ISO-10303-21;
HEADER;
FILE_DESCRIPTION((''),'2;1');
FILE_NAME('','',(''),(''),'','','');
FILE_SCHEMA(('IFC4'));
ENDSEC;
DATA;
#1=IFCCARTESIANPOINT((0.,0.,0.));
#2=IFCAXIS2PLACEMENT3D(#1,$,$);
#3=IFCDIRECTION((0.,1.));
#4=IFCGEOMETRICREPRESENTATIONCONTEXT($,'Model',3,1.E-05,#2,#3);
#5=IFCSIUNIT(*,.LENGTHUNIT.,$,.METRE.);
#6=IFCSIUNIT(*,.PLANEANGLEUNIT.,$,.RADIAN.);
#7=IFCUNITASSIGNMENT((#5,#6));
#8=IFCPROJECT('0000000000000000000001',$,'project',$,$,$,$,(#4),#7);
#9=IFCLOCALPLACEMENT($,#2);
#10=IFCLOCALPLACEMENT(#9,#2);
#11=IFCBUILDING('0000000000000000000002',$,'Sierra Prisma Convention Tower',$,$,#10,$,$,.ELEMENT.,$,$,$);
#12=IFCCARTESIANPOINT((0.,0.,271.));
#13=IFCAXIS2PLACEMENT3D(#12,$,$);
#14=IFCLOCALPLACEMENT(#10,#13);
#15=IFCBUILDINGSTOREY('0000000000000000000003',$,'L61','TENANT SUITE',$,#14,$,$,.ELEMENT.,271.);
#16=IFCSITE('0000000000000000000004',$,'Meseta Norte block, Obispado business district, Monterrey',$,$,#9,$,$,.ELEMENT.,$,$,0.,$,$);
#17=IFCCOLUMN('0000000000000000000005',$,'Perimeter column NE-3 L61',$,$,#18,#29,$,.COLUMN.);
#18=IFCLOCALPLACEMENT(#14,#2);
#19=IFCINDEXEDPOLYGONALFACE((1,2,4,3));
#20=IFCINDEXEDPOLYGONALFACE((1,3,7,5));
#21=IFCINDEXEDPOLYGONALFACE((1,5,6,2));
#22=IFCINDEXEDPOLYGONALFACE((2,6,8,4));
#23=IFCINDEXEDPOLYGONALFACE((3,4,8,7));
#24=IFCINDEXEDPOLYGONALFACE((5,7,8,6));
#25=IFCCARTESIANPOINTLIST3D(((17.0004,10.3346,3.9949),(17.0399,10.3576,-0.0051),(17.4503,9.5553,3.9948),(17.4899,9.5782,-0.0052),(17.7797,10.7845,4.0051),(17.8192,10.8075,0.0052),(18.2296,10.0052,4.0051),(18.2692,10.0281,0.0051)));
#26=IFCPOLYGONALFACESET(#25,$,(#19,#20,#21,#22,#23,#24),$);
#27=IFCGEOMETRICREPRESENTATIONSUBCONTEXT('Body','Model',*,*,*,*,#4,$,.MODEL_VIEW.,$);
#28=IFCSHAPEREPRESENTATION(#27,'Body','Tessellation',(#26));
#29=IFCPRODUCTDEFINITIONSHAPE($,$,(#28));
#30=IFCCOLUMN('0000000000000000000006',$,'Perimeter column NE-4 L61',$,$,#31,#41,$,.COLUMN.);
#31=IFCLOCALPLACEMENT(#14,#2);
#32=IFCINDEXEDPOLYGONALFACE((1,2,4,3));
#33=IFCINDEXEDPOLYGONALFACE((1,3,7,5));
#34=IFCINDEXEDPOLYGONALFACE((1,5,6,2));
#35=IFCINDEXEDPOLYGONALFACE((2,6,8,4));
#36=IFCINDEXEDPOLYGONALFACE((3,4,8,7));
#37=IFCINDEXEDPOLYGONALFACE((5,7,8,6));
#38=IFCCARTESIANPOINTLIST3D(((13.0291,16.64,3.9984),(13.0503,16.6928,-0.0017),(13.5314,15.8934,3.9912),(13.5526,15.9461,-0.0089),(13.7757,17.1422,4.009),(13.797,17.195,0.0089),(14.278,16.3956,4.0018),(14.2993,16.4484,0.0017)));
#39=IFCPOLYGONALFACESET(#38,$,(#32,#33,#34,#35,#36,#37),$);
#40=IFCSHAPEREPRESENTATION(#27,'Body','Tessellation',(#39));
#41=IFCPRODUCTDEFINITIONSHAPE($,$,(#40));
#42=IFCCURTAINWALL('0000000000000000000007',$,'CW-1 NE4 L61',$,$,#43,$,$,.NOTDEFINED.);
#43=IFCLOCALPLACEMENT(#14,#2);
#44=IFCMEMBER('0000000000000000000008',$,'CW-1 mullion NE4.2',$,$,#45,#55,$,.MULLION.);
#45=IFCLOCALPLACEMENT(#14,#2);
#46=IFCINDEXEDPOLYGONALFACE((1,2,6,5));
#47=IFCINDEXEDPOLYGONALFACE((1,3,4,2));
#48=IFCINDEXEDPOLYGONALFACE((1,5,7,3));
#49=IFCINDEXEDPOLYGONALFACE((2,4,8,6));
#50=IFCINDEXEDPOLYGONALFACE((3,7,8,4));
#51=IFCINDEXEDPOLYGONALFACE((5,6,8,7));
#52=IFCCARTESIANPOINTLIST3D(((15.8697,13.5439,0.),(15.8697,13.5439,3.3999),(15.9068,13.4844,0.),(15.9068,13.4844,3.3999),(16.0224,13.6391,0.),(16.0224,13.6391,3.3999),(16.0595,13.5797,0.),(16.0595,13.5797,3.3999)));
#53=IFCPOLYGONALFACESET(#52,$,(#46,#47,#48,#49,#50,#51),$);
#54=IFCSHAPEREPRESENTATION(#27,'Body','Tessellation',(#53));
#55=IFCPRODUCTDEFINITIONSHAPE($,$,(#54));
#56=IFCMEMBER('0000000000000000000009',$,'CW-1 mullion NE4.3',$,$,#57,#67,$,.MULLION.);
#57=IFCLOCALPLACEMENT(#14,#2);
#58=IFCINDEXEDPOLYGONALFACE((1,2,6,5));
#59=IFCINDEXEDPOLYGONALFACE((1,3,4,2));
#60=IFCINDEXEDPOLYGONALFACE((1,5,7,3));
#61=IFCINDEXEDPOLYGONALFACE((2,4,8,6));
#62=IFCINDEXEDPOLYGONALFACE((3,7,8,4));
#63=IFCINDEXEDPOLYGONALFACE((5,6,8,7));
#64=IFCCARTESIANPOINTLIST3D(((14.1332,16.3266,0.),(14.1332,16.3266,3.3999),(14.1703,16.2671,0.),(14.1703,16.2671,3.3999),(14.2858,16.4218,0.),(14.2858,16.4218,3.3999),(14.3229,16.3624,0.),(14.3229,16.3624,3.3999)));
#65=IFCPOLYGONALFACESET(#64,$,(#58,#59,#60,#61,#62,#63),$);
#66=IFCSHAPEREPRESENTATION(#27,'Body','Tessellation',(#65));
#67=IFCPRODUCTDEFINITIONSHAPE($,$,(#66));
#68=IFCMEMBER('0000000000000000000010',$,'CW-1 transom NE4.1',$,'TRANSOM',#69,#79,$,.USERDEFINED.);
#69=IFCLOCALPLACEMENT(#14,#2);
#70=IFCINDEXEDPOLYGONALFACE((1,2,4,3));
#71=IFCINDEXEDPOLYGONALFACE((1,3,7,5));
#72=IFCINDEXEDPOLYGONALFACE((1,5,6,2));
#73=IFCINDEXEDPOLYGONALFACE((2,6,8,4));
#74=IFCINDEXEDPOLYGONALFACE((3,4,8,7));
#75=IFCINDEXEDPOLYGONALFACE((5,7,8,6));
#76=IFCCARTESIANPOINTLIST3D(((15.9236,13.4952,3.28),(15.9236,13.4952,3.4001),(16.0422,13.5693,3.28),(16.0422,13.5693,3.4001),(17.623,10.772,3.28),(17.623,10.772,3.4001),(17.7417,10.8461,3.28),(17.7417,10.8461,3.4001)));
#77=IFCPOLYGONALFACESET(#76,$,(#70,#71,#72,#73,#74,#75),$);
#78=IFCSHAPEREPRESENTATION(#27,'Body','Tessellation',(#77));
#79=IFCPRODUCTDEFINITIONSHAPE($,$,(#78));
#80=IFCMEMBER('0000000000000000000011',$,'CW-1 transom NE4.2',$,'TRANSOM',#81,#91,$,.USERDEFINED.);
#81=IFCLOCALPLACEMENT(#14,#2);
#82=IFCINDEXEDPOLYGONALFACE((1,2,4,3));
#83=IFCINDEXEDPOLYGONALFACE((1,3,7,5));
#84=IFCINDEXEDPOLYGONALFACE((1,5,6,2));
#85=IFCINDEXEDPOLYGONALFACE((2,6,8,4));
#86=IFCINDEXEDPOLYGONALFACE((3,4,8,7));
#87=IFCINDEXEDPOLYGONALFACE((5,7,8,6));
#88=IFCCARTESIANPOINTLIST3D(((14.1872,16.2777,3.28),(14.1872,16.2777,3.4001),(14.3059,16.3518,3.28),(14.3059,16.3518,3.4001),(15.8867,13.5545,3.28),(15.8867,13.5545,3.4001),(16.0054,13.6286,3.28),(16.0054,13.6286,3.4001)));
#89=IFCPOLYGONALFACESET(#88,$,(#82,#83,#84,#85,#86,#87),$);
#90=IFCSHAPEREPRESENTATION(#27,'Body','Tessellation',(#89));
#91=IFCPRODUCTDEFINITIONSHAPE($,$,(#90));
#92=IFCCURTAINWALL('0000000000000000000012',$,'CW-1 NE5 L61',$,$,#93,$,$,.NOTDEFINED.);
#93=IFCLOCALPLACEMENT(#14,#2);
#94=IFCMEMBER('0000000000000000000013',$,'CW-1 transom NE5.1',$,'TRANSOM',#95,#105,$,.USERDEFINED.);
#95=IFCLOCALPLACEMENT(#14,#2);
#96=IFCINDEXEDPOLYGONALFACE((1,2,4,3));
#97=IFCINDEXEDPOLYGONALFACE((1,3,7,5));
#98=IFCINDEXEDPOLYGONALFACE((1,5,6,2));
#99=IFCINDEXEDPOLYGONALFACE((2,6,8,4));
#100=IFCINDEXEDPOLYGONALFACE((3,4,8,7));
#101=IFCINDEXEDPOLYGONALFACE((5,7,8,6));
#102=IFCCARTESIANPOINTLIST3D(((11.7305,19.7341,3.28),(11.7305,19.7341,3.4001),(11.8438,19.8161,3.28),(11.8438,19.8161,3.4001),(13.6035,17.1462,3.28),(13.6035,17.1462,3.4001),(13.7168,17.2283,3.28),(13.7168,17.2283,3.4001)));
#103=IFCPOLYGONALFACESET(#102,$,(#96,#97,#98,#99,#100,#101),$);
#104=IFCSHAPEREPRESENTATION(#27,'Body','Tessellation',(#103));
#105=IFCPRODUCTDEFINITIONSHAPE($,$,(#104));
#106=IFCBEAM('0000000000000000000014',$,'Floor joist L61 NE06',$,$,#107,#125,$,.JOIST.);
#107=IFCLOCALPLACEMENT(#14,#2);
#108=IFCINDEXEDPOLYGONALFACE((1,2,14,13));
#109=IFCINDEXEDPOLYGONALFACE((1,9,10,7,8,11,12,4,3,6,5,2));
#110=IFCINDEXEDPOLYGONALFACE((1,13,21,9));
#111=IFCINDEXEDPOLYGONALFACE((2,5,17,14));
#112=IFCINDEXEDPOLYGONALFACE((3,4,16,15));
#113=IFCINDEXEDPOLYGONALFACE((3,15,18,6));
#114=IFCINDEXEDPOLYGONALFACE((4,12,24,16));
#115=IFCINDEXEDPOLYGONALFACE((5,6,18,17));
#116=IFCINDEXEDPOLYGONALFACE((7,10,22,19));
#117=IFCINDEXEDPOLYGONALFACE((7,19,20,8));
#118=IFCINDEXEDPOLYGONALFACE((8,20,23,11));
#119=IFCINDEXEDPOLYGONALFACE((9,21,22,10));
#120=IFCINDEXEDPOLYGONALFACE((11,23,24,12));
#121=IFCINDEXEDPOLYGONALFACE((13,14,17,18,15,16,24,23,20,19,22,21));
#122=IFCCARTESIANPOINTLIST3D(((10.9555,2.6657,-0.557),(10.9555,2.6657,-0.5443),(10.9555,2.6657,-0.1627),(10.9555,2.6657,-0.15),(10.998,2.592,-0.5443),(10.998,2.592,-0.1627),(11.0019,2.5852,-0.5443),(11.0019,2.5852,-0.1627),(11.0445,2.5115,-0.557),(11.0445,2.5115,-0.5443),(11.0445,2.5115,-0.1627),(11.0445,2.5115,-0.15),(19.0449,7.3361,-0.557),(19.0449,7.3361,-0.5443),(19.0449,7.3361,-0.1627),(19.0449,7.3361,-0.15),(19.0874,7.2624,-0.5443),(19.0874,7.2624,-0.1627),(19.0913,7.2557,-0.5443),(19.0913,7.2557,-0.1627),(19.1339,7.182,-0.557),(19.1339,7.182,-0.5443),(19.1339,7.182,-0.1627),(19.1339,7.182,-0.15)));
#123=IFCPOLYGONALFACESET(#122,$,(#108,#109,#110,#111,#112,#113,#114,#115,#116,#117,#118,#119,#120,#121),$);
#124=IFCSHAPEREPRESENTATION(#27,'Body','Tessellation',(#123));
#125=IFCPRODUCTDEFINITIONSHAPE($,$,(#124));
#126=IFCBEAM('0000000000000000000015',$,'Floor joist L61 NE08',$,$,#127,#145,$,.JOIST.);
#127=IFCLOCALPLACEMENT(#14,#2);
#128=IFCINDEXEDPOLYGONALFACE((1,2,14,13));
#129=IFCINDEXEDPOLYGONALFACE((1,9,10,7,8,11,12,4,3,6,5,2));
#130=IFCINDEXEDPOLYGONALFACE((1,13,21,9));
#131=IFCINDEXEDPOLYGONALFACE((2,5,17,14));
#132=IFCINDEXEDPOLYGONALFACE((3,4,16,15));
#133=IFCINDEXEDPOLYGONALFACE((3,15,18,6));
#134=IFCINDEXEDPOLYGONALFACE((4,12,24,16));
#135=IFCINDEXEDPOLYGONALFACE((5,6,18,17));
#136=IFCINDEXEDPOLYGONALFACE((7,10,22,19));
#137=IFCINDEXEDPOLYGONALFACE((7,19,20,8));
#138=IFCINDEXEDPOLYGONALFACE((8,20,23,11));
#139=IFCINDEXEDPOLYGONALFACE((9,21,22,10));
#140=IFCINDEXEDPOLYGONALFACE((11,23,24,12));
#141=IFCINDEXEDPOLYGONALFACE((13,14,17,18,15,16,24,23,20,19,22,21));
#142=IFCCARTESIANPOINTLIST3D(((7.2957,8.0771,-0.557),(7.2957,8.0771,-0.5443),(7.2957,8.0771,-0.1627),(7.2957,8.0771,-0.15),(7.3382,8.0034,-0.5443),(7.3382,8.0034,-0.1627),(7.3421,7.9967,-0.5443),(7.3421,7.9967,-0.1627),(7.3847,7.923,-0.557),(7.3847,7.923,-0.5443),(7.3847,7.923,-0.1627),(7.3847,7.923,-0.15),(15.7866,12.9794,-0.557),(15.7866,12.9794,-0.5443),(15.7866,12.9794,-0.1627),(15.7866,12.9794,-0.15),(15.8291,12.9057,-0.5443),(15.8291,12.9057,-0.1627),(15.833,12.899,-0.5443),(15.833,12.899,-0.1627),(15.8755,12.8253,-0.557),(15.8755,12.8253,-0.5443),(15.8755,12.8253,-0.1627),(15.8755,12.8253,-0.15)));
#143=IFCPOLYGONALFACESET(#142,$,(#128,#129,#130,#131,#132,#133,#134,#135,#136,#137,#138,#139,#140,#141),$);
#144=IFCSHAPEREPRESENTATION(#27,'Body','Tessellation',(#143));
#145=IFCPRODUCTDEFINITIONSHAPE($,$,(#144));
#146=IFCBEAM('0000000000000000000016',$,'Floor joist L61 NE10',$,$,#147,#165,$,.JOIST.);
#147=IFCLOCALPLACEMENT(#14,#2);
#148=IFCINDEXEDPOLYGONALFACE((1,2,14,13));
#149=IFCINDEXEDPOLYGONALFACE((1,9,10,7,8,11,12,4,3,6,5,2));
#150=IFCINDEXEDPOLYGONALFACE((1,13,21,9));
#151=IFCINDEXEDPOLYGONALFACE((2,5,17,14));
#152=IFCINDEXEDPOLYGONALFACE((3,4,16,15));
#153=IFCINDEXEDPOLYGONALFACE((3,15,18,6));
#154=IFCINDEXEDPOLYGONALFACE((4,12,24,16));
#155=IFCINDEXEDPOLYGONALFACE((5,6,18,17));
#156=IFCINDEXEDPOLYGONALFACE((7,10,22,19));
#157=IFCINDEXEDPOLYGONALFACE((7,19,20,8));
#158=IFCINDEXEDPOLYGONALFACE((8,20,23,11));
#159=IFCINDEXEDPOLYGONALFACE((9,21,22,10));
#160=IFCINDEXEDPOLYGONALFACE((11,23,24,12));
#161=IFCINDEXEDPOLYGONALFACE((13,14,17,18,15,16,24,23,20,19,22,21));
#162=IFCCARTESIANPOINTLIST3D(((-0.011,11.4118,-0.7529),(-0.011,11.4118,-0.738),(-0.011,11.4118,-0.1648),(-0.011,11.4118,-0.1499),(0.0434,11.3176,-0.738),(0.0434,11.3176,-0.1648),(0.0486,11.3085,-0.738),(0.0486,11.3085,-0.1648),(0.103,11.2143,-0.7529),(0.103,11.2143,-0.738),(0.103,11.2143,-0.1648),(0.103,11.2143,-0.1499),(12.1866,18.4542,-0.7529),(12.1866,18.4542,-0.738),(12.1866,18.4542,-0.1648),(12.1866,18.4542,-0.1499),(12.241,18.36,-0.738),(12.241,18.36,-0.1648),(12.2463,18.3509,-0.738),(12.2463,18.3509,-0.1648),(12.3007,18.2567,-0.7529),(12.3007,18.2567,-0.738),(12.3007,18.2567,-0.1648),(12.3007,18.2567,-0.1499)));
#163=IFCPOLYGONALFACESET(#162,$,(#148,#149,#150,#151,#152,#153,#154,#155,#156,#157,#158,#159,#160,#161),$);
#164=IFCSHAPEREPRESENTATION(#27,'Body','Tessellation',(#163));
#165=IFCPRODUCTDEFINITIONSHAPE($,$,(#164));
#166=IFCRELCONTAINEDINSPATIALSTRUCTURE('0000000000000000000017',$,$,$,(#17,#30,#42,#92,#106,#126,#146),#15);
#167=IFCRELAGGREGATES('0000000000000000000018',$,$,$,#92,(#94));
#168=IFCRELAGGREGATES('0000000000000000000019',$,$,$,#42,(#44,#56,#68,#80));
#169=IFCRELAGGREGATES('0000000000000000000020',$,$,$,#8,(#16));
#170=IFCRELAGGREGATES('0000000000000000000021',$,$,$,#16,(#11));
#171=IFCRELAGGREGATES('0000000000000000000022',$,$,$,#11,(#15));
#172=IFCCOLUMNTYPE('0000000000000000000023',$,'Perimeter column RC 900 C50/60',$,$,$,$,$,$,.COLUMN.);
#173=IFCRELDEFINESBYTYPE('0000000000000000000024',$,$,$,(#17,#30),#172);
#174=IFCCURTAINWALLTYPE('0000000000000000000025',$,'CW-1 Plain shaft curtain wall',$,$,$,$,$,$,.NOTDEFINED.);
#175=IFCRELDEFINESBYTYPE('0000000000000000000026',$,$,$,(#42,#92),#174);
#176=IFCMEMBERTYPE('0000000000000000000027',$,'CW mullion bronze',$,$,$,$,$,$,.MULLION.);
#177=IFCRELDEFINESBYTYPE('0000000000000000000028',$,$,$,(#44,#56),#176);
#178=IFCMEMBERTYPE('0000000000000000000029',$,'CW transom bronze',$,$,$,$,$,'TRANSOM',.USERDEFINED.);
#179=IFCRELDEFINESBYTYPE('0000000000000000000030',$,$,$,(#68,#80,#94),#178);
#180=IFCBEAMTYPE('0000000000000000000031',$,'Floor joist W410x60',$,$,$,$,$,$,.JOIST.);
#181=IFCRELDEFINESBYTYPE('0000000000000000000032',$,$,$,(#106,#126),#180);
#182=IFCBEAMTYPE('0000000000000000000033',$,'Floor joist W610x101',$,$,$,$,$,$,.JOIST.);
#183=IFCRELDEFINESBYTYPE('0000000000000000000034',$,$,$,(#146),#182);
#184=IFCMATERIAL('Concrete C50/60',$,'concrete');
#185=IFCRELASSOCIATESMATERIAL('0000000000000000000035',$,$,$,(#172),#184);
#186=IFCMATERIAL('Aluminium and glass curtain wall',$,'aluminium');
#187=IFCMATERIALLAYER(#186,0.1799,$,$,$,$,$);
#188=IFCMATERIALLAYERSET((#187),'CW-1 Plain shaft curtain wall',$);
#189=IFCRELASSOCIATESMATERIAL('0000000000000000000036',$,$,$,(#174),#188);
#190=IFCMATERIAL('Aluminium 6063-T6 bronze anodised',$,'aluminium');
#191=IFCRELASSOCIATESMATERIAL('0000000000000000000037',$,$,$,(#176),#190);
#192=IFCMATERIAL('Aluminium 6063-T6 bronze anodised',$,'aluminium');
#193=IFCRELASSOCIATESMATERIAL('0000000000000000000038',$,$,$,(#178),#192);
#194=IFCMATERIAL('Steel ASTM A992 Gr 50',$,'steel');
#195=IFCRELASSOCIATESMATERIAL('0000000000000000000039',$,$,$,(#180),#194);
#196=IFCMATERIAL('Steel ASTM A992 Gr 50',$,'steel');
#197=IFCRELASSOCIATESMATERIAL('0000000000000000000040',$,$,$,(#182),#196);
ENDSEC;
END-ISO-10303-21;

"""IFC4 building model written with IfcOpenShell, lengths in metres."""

from ifc_helpers import new_model, si_unit, direction, frame, origin, origin_2d, place, context, subcontext, project, spatial, rectangle, i_section, extrude, material, layer, layer_set, material_profile, profile_set, type_object, element, aggregate, save


model = new_model("IFC4")

# Units and contexts
model_context = context("Model", 3, precision=1e-05, world=origin(), true_north=direction((0.0, 1.0)))
body_context = subcontext(model_context, "Body", "Model", "MODEL_VIEW")
ifc_project = project(units=[si_unit("LENGTHUNIT", "METRE"), si_unit("PLANEANGLEUNIT", "RADIAN")], contexts=[model_context])

# Site, building, storey
site_placement = place(None, origin())
site = spatial("IfcSite", under=ifc_project, at=site_placement, Name="Meseta Norte block, Obispado business district, Monterrey", CompositionType="ELEMENT", RefElevation=0.0)
building_placement = place(site_placement, origin())
building = spatial("IfcBuilding", under=site, at=building_placement, Name="Sierra Prisma Convention Tower", CompositionType="ELEMENT")
storey_placement = place(building_placement, frame((0.0, 0.0, 271.0)))
storey = spatial("IfcBuildingStorey", under=building, at=storey_placement, Name="L61", Description="TENANT SUITE", CompositionType="ELEMENT", Elevation=271.0)

# Columns
ifc_material_1 = material(Name="Concrete C50/60", Category="concrete")
ifc_material_profile_1 = material_profile(ifc_material_1, rectangle(XDim=0.8999, YDim=0.8999, at=origin_2d()), Name="Perimeter column RC 900 C50/60")
ifc_profile_set_1 = profile_set([ifc_material_profile_1], Name="Concrete C50/60")
column_type = type_object("IfcColumnType", Name="Perimeter column RC 900 C50/60", PredefinedType="COLUMN", material=ifc_profile_set_1)
column_1_placement = place(storey_placement, frame((17.6545, 10.1929, 0.0), z_axis=(-0.009887, -0.005737, 0.999935), x_axis=(-0.499976, 0.86604, 0.000025)))
element("IfcColumn", 1, at=column_1_placement, inside=storey, type_object=column_type, Name="Perimeter column NE-3 L61", PredefinedType="COLUMN", context=body_context, shape_type="SweptSolid", body=[
    extrude(rectangle(XDim=0.8999, YDim=0.8999, at=origin_2d()), origin(), (0.0, 0.0, 1.0), 4.0002),
])
column_2_placement = place(storey_placement, frame((13.6748, 16.5706, 0.0), z_axis=(-0.00531, -0.013182, 0.999899), x_axis=(-0.558186, 0.829677, 0.007974)))
element("IfcColumn", 2, at=column_2_placement, inside=storey, type_object=column_type, Name="Perimeter column NE-4 L61", PredefinedType="COLUMN", context=body_context, shape_type="SweptSolid", body=[
    extrude(rectangle(XDim=0.8999, YDim=0.8999, at=origin_2d()), origin(), (0.0, 0.0, 1.0), 4.0005),
])

# Curtain wall, members
ifc_material_2 = material(Name="Aluminium and glass curtain wall", Category="aluminium")
ifc_layer_1 = layer(ifc_material_2, 0.1799)
ifc_layer_set_1 = layer_set([ifc_layer_1], Name="CW-1 Plain shaft curtain wall")
curtain_wall_type = type_object("IfcCurtainWallType", Name="CW-1 Plain shaft curtain wall", PredefinedType="NOTDEFINED", material=ifc_layer_set_1)
curtain_wall_1_placement = place(storey_placement, origin())
curtain_wall_1 = element("IfcCurtainWall", 3, at=curtain_wall_1_placement, inside=storey, type_object=curtain_wall_type, Name="CW-1 NE4 L61", PredefinedType="NOTDEFINED")
ifc_material_3 = material(Name="Aluminium 6063-T6 bronze anodised", Category="aluminium")
ifc_material_profile_2 = material_profile(ifc_material_3, rectangle(XDim=0.1799, YDim=0.0701, at=origin_2d()), Name="ALU MULLION 70x180")
ifc_profile_set_2 = profile_set([ifc_material_profile_2], Name="Aluminium 6063-T6 bronze anodised")
member_type_1 = type_object("IfcMemberType", Name="CW mullion bronze", PredefinedType="MULLION", material=ifc_profile_set_2)
member_1_placement = place(storey_placement, frame((15.9646, 13.5618, 0.0), z_axis=(0.0, 0.0, 1.0), x_axis=(-0.848367, -0.529409, 0.0)))
member_1 = element("IfcMember", 4, at=member_1_placement, type_object=member_type_1, Name="CW-1 mullion NE4.2", PredefinedType="MULLION", context=body_context, shape_type="SweptSolid", body=[
    extrude(rectangle(XDim=0.1799, YDim=0.0701, at=origin_2d()), origin(), (0.0, 0.0, 1.0), 3.3999),
])
member_2_placement = place(storey_placement, frame((14.228, 16.3445, 0.0), z_axis=(0.0, 0.0, 1.0), x_axis=(-0.848367, -0.529409, 0.0)))
member_2 = element("IfcMember", 5, at=member_2_placement, type_object=member_type_1, Name="CW-1 mullion NE4.3", PredefinedType="MULLION", context=body_context, shape_type="SweptSolid", body=[
    extrude(rectangle(XDim=0.1799, YDim=0.0701, at=origin_2d()), origin(), (0.0, 0.0, 1.0), 3.3999),
])
ifc_material_4 = material(Name="Aluminium 6063-T6 bronze anodised", Category="aluminium")
ifc_material_profile_3 = material_profile(ifc_material_4, rectangle(XDim=0.1399, YDim=0.1201, at=origin_2d()), Name="ALU TRANSOM 120x140")
ifc_profile_set_3 = profile_set([ifc_material_profile_3], Name="Aluminium 6063-T6 bronze anodised")
member_type_2 = type_object("IfcMemberType", Name="CW transom bronze", ElementType="TRANSOM", PredefinedType="USERDEFINED", material=ifc_profile_set_3)
member_3_placement = place(storey_placement, frame((17.6824, 10.8091, 3.3401), z_axis=(-0.529438, 0.848348, 0.0), x_axis=(-0.848348, -0.529438, 0.0)))
member_3 = element("IfcMember", 6, at=member_3_placement, type_object=member_type_2, Name="CW-1 transom NE4.1", ObjectType="TRANSOM", PredefinedType="USERDEFINED", context=body_context, shape_type="SweptSolid", body=[
    extrude(rectangle(XDim=0.1399, YDim=0.1201, at=origin_2d()), origin(), (0.0, 0.0, 1.0), 3.21),
])
member_4_placement = place(storey_placement, frame((15.946, 13.5916, 3.3401), z_axis=(-0.529438, 0.848348, 0.0), x_axis=(-0.848348, -0.529438, 0.0)))
member_4 = element("IfcMember", 7, at=member_4_placement, type_object=member_type_2, Name="CW-1 transom NE4.2", ObjectType="TRANSOM", PredefinedType="USERDEFINED", context=body_context, shape_type="SweptSolid", body=[
    extrude(rectangle(XDim=0.1399, YDim=0.1201, at=origin_2d()), origin(), (0.0, 0.0, 1.0), 3.21),
])

# Curtain wall, member
curtain_wall_2_placement = place(storey_placement, origin())
curtain_wall_2 = element("IfcCurtainWall", 8, at=curtain_wall_2_placement, inside=storey, type_object=curtain_wall_type, Name="CW-1 NE5 L61", PredefinedType="NOTDEFINED")
member_5_placement = place(storey_placement, frame((13.6602, 17.1873, 3.3401), z_axis=(-0.586316, 0.810082, 0.0), x_axis=(-0.810082, -0.586316, 0.0)))
member_5 = element("IfcMember", 9, at=member_5_placement, type_object=member_type_2, Name="CW-1 transom NE5.1", ObjectType="TRANSOM", PredefinedType="USERDEFINED", context=body_context, shape_type="SweptSolid", body=[
    extrude(rectangle(XDim=0.1399, YDim=0.1201, at=origin_2d()), origin(), (0.0, 0.0, 1.0), 3.1946),
])
aggregate(curtain_wall_2, [member_5])

# Beams
ifc_material_5 = material(Name="Steel ASTM A992 Gr 50", Category="steel")
ifc_material_profile_4 = material_profile(ifc_material_5, i_section(OverallWidth=0.178, OverallDepth=0.407, WebThickness=0.0078, FlangeThickness=0.0127, at=origin_2d()), Name="W410x60")
ifc_profile_set_4 = profile_set([ifc_material_profile_4], Name="Steel ASTM A992 Gr 50")
beam_type_1 = type_object("IfcBeamType", Name="Floor joist W410x60", PredefinedType="JOIST", material=ifc_profile_set_4)
beam_1_placement = place(storey_placement, frame((19.0894, 7.259, -0.3535), z_axis=(-0.866025, -0.500001, 0.0), x_axis=(0.500001, -0.866025, 0.0)))
element("IfcBeam", 10, at=beam_1_placement, inside=storey, type_object=beam_type_1, Name="Floor joist L61 NE06", PredefinedType="JOIST", context=body_context, shape_type="SweptSolid", body=[
    extrude(i_section(OverallWidth=0.178, OverallDepth=0.407, WebThickness=0.0078, FlangeThickness=0.0127, at=origin_2d()), origin(), (0.0, 0.0, 1.0), 9.3408),
])
beam_2_placement = place(storey_placement, frame((15.8311, 12.9023, -0.3535), z_axis=(-0.866022, -0.500006, 0.0), x_axis=(0.500006, -0.866022, 0.0)))
element("IfcBeam", 11, at=beam_2_placement, inside=storey, type_object=beam_type_1, Name="Floor joist L61 NE08", PredefinedType="JOIST", context=body_context, shape_type="SweptSolid", body=[
    extrude(i_section(OverallWidth=0.178, OverallDepth=0.407, WebThickness=0.0078, FlangeThickness=0.0127, at=origin_2d()), origin(), (0.0, 0.0, 1.0), 9.8044),
])
ifc_material_6 = material(Name="Steel ASTM A992 Gr 50", Category="steel")
ifc_material_profile_5 = material_profile(ifc_material_6, i_section(OverallWidth=0.228, OverallDepth=0.603, WebThickness=0.0105, FlangeThickness=0.0149, at=origin_2d()), Name="W610x101")
ifc_profile_set_5 = profile_set([ifc_material_profile_5], Name="Steel ASTM A992 Gr 50")
beam_type_2 = type_object("IfcBeamType", Name="Floor joist W610x101", PredefinedType="JOIST", material=ifc_profile_set_5)
beam_3_placement = place(storey_placement, frame((12.2437, 18.3555, -0.4514), z_axis=(-0.866022, -0.500006, 0.0), x_axis=(0.500006, -0.866022, 0.0)))
element("IfcBeam", 12, at=beam_3_placement, inside=storey, type_object=beam_type_2, Name="Floor joist L61 NE10", PredefinedType="JOIST", context=body_context, shape_type="SweptSolid", body=[
    extrude(i_section(OverallWidth=0.228, OverallDepth=0.603, WebThickness=0.0105, FlangeThickness=0.0149, at=origin_2d()), origin(), (0.0, 0.0, 1.0), 14.0847),
])

aggregate(curtain_wall_1, [member_1, member_2, member_3, member_4])

save(model, "model.ifc")
